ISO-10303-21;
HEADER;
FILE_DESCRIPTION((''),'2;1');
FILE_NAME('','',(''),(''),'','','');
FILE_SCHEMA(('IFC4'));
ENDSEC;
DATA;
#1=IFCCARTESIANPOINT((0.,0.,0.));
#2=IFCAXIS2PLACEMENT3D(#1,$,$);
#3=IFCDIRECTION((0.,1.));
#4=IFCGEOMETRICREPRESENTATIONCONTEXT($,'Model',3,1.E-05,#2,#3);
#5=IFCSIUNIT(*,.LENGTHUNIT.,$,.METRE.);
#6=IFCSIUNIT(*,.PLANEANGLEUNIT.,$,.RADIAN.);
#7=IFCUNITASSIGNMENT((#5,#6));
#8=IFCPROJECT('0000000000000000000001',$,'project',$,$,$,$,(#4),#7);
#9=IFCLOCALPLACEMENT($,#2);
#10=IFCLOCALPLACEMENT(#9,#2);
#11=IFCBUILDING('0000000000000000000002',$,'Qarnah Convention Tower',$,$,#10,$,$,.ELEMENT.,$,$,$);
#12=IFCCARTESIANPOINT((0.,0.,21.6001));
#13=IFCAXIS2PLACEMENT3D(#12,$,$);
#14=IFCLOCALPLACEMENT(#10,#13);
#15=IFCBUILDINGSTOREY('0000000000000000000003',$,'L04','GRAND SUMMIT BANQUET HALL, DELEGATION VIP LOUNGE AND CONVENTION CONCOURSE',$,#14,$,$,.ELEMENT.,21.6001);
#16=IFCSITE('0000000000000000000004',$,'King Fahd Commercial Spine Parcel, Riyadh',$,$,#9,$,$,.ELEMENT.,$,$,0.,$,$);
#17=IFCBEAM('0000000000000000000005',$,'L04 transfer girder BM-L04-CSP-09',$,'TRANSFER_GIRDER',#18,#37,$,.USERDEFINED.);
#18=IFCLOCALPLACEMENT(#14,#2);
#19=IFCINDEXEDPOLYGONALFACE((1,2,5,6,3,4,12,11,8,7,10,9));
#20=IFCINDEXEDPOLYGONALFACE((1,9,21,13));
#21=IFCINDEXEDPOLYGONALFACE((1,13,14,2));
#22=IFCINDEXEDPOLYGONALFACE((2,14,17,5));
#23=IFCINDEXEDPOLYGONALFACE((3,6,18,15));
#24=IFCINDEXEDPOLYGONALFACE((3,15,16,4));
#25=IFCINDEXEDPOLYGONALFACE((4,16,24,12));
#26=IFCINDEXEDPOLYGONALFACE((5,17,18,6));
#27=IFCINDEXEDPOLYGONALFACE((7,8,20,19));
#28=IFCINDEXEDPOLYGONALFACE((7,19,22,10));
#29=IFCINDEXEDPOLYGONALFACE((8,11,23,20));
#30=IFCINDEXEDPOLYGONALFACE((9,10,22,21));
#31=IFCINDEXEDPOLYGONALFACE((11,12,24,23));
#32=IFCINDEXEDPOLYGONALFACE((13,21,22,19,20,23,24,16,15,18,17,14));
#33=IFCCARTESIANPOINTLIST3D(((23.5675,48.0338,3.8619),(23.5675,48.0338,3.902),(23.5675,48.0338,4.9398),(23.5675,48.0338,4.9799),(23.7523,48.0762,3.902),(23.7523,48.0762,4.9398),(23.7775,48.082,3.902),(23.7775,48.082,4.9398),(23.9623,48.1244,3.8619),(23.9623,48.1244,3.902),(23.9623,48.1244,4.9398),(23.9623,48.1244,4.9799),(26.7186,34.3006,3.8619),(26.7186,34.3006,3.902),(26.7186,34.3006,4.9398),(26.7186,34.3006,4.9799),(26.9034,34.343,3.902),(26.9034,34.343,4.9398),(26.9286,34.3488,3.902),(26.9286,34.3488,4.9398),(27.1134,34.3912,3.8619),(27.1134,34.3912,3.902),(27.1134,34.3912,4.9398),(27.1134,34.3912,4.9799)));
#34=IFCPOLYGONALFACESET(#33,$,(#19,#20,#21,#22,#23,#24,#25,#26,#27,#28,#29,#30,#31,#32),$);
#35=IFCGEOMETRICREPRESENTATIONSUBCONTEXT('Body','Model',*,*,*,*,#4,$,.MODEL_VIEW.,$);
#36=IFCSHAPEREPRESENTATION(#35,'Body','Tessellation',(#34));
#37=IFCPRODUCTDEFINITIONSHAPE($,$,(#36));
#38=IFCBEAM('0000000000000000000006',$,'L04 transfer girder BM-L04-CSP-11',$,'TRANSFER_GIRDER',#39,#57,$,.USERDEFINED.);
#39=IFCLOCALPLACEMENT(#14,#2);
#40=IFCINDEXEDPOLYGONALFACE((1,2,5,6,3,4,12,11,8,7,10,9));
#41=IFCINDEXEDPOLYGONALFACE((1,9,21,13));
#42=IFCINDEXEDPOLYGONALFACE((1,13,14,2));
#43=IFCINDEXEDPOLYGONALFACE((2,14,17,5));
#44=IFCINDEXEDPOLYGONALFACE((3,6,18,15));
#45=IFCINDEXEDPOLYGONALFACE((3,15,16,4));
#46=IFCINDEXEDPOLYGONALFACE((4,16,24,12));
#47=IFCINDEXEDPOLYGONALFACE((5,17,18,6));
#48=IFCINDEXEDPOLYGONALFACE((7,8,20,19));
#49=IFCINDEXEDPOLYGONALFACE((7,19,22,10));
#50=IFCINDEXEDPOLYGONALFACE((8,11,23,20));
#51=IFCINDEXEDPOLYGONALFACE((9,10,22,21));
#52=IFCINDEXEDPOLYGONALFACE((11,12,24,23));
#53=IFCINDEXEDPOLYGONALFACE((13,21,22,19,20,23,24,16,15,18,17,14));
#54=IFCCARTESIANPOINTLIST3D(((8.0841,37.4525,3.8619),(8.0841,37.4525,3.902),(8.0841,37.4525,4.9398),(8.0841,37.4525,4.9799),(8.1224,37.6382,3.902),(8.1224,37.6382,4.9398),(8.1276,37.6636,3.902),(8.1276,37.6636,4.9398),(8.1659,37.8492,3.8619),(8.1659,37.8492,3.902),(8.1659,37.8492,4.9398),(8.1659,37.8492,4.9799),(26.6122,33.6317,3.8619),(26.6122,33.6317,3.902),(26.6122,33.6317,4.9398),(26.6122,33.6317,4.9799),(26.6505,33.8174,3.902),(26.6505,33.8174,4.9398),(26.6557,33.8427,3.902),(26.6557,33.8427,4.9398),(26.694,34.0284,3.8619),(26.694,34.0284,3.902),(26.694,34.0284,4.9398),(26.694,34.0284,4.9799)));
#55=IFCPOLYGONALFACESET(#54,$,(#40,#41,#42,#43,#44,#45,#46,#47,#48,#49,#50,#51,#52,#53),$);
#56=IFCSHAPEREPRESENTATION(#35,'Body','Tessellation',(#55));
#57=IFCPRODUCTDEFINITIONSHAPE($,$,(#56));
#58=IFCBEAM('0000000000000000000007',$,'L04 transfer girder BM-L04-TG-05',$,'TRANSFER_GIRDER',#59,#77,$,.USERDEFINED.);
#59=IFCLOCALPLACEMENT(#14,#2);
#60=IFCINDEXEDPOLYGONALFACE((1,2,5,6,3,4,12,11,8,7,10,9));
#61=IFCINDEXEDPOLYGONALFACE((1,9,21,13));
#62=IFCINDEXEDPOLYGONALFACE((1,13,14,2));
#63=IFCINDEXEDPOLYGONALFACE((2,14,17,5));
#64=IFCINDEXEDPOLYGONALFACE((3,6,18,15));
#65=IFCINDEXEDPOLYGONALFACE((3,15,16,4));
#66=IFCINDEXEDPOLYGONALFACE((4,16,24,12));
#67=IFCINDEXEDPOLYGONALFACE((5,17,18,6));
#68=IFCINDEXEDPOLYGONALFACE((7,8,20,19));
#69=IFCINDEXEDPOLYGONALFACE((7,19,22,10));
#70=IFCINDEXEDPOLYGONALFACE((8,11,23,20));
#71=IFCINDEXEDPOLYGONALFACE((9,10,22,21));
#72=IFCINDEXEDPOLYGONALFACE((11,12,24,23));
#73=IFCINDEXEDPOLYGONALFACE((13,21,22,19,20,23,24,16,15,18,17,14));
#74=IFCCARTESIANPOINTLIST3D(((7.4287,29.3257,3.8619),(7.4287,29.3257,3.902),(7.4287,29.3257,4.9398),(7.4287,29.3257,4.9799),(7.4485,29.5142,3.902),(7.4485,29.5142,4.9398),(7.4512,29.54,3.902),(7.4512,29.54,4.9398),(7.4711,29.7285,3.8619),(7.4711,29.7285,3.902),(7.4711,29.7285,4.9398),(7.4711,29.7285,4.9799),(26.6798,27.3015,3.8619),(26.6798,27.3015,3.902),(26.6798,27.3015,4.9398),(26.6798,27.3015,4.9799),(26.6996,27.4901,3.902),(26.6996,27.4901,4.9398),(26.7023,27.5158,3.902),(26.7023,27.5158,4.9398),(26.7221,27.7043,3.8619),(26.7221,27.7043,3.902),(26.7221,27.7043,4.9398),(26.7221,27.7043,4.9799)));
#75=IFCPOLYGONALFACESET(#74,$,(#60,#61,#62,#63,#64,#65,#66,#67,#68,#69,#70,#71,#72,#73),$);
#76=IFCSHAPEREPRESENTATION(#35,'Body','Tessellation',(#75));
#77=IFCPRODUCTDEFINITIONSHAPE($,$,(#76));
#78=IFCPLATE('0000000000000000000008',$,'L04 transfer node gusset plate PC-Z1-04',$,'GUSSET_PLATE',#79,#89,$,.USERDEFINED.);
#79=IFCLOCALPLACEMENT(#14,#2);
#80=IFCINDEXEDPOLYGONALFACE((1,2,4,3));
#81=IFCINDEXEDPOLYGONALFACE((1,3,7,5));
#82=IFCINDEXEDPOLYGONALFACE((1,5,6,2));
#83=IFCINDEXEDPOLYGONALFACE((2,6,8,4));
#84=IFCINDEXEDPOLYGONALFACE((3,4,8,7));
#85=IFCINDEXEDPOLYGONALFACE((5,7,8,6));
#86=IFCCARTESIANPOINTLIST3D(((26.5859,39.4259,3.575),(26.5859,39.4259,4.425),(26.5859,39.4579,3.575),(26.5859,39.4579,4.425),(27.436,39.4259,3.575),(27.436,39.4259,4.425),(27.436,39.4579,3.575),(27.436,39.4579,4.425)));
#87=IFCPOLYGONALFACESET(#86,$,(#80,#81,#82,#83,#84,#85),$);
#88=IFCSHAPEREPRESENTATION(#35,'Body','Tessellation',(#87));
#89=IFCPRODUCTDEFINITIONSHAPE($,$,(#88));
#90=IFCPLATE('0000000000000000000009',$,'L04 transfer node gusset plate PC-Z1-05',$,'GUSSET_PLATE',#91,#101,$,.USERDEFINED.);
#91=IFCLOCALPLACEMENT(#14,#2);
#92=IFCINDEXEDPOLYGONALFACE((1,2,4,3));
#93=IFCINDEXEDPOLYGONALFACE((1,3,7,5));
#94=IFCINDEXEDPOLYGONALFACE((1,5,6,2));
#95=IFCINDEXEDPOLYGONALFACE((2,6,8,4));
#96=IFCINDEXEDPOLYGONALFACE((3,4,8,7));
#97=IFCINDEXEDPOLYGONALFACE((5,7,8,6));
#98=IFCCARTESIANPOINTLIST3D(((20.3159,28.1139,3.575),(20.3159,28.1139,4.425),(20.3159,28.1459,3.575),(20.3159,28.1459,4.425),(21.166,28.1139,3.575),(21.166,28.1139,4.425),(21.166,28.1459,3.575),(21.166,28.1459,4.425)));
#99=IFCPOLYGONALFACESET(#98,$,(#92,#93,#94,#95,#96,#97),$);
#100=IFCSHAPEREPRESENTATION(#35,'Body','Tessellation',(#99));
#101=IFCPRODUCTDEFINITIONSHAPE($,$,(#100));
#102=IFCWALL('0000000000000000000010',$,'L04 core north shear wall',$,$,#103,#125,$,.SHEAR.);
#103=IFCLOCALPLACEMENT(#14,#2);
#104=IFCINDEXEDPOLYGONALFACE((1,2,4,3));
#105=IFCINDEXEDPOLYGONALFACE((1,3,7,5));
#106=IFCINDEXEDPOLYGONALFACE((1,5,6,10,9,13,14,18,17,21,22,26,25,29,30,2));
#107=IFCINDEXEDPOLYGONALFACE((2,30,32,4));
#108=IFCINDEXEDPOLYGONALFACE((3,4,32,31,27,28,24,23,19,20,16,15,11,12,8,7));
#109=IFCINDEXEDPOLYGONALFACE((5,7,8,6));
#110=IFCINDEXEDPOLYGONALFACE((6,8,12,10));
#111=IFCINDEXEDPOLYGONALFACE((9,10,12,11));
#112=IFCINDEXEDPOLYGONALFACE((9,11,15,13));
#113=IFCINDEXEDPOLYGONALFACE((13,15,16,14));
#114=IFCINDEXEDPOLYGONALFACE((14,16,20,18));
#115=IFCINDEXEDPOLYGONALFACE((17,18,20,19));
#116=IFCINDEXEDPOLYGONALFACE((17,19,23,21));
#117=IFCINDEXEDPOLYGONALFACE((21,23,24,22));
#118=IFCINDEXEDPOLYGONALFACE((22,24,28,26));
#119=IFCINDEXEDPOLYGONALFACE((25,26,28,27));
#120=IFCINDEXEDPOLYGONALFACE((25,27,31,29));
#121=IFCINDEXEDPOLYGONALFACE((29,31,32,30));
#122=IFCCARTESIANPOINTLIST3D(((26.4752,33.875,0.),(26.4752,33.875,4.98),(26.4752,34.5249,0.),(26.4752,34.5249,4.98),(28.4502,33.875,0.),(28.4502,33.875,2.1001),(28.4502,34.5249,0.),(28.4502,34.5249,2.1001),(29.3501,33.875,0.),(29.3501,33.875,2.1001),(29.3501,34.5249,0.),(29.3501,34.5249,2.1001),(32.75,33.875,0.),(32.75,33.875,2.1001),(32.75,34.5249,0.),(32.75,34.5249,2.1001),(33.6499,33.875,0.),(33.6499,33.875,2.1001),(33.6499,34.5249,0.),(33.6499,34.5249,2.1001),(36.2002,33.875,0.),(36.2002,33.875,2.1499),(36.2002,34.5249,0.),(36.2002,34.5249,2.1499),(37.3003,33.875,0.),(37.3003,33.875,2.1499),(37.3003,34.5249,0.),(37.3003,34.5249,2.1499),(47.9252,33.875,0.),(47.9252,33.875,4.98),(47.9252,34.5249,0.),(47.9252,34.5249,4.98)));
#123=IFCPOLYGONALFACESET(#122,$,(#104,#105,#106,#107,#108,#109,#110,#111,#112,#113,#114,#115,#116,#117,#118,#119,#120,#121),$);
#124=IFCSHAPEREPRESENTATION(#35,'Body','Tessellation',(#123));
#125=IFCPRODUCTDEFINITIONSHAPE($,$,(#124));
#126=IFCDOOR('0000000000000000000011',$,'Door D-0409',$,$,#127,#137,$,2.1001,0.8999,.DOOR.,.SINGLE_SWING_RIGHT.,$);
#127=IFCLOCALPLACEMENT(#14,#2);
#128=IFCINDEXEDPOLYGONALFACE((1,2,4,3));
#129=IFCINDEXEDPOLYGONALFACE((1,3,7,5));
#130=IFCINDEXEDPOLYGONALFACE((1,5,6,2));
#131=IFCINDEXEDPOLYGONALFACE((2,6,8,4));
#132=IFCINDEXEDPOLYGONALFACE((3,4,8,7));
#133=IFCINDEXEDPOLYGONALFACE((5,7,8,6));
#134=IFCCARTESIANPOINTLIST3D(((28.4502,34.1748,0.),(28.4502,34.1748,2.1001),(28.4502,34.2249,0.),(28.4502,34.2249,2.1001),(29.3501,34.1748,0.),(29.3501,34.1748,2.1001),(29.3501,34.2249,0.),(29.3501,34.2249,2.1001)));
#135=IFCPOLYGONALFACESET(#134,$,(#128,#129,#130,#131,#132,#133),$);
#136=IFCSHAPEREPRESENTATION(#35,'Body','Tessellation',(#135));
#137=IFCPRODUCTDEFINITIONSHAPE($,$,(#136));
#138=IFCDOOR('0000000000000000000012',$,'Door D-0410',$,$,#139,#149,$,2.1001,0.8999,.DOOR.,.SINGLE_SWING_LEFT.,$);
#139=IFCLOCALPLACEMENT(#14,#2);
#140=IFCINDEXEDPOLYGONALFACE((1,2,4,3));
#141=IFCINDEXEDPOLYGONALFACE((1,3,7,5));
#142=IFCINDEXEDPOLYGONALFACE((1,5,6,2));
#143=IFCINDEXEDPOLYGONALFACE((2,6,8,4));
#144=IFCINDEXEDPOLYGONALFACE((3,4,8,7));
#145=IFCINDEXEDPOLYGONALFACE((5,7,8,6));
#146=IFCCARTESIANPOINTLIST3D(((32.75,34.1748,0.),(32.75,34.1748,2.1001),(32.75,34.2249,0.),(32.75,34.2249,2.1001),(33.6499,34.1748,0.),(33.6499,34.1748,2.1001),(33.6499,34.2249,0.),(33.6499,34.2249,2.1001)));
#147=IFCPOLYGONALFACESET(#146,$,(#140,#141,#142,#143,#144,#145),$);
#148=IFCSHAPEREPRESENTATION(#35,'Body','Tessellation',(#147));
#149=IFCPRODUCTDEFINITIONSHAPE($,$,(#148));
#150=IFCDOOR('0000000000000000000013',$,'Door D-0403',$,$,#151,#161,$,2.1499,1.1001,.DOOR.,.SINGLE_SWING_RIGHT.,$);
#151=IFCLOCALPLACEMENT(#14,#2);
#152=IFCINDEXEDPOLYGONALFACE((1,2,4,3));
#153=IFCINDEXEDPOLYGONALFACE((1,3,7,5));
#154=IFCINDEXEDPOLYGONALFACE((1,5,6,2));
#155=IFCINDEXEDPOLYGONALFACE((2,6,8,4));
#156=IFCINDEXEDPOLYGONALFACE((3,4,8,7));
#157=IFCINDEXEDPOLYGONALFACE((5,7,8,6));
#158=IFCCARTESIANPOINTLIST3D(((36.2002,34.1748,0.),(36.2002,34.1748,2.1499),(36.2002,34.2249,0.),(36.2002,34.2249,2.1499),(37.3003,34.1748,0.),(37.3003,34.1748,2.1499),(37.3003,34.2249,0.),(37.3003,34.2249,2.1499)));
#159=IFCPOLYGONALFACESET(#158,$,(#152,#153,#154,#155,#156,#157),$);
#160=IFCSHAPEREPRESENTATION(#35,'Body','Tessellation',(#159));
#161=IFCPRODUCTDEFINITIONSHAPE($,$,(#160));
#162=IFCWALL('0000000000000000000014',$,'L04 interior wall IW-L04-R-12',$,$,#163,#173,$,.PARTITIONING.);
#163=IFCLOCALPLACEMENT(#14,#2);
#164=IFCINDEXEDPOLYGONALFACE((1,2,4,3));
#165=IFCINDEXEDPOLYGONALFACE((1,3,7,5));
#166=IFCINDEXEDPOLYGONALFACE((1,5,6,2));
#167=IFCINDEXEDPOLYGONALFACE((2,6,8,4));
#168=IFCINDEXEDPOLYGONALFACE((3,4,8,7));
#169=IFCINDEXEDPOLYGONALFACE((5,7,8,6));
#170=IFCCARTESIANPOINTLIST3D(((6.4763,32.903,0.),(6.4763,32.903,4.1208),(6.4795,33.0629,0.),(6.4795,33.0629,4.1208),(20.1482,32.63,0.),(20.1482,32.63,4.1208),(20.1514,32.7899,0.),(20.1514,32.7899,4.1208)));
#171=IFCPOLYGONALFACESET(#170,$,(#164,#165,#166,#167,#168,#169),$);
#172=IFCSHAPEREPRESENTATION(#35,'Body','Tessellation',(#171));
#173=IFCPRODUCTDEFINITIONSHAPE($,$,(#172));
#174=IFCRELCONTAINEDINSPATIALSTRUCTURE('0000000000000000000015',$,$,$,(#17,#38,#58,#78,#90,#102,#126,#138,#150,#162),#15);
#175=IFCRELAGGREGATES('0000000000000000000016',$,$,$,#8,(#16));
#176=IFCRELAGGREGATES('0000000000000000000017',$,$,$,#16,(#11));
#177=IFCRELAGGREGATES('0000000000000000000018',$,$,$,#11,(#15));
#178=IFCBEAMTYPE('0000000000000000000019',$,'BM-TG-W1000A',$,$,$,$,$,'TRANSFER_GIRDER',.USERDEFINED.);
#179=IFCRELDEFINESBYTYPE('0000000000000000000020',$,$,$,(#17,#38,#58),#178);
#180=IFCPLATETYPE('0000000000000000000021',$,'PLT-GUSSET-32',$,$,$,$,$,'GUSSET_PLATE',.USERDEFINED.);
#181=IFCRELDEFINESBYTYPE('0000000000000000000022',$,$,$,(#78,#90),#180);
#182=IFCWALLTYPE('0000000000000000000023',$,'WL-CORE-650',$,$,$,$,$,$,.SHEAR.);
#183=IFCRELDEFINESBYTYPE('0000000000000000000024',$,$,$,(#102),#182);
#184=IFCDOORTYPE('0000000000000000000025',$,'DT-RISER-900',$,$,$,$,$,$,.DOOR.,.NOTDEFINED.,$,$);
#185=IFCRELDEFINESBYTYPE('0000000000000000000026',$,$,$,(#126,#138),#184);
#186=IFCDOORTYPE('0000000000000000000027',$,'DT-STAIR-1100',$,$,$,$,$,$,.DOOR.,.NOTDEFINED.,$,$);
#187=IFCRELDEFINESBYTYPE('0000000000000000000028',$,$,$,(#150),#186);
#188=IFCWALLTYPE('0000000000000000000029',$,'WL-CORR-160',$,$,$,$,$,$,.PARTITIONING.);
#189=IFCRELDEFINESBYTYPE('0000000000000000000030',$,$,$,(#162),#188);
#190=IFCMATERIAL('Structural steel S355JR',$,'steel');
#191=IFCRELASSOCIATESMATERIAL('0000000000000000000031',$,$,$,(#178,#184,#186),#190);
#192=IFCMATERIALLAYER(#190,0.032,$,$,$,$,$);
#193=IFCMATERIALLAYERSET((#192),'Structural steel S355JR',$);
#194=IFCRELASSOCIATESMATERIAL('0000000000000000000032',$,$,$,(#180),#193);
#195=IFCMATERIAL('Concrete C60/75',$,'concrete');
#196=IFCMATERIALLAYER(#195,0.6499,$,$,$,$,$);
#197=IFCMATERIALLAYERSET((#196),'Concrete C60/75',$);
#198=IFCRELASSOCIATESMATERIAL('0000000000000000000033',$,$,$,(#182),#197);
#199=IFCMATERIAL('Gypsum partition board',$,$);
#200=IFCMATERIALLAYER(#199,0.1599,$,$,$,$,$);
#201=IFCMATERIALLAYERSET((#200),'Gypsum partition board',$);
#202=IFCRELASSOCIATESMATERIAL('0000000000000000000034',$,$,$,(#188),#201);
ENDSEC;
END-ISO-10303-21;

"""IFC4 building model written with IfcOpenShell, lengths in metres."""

from ifc_helpers import new_model, si_unit, direction, frame, frame_2d, origin, origin_2d, place, context, subcontext, project, spatial, rectangle, i_section, extrude, material, layer, layer_set, material_profile, profile_set, type_object, element, fill, save


model = new_model("IFC4")

# Units and contexts
model_context = context("Model", 3, precision=1e-05, world=origin(), true_north=direction((0.0, 1.0)))
body_context = subcontext(model_context, "Body", "Model", "MODEL_VIEW")
ifc_project = project(units=[si_unit("LENGTHUNIT", "METRE"), si_unit("PLANEANGLEUNIT", "RADIAN")], contexts=[model_context])

# Site, building, storey
site_placement = place(None, origin())
site = spatial("IfcSite", under=ifc_project, at=site_placement, Name="King Fahd Commercial Spine Parcel, Riyadh", CompositionType="ELEMENT", RefElevation=0.0)
building_placement = place(site_placement, origin())
building = spatial("IfcBuilding", under=site, at=building_placement, Name="Qarnah Convention Tower", CompositionType="ELEMENT")
storey_placement = place(building_placement, frame((0.0, 0.0, 21.6001)))
storey = spatial("IfcBuildingStorey", under=building, at=storey_placement, Name="L04", Description="GRAND SUMMIT BANQUET HALL, DELEGATION VIP LOUNGE AND CONVENTION CONCOURSE", CompositionType="ELEMENT", Elevation=21.6001)

# Shared definitions
ifc_material_1 = material(Name="Concrete C60/75", Category="concrete")

# Beams
ifc_material_2 = material(Name="Structural steel S355JR", Category="steel")
ifc_material_profile_1 = material_profile(ifc_material_2, i_section(OverallWidth=0.405, OverallDepth=1.1179, WebThickness=0.0259, FlangeThickness=0.04, at=origin_2d()), Name="W1100X499")
ifc_profile_set_1 = profile_set([ifc_material_profile_1], Name="Structural steel S355JR")
beam_type_1 = type_object("IfcBeamType", Name="BM-TG-W1000A", ElementType="TRANSFER_GIRDER", PredefinedType="USERDEFINED", material=ifc_profile_set_1)
beam_1_placement = place(storey_placement, frame((23.7649, 48.0791, 4.4209), z_axis=(0.223642, -0.974671, 0.0), x_axis=(0.974671, 0.223642, 0.0)))
element("IfcBeam", 1, at=beam_1_placement, inside=storey, type_object=beam_type_1, Name="L04 transfer girder BM-L04-CSP-09", ObjectType="TRANSFER_GIRDER", PredefinedType="USERDEFINED", context=body_context, shape_type="SweptSolid", body=[
    extrude(i_section(OverallWidth=0.405, OverallDepth=1.1179, WebThickness=0.0259, FlangeThickness=0.04, at=origin_2d()), origin(), (0.0, 0.0, 1.0), 14.0901),
])
beam_2_placement = place(storey_placement, frame((8.125, 37.6509, 4.4209), z_axis=(0.979392, -0.201967, 0.0), x_axis=(0.201967, 0.979392, 0.0)))
element("IfcBeam", 2, at=beam_2_placement, inside=storey, type_object=beam_type_1, Name="L04 transfer girder BM-L04-CSP-11", ObjectType="TRANSFER_GIRDER", PredefinedType="USERDEFINED", context=body_context, shape_type="SweptSolid", body=[
    extrude(i_section(OverallWidth=0.405, OverallDepth=1.1179, WebThickness=0.0259, FlangeThickness=0.04, at=origin_2d()), origin(), (0.0, 0.0, 1.0), 18.918),
])
beam_3_placement = place(storey_placement, frame((26.7009, 27.5029, 4.4209), z_axis=(-0.994518, 0.10457, 0.0), x_axis=(-0.10457, -0.994518, 0.0)))
element("IfcBeam", 3, at=beam_3_placement, inside=storey, type_object=beam_type_1, Name="L04 transfer girder BM-L04-TG-05", ObjectType="TRANSFER_GIRDER", PredefinedType="USERDEFINED", context=body_context, shape_type="SweptSolid", body=[
    extrude(i_section(OverallWidth=0.405, OverallDepth=1.1179, WebThickness=0.0259, FlangeThickness=0.04, at=origin_2d()), origin(), (0.0, 0.0, 1.0), 19.3572),
])

# Plates
ifc_layer_1 = layer(ifc_material_2, 0.032)
ifc_layer_set_1 = layer_set([ifc_layer_1], Name="Structural steel S355JR")
plate_type = type_object("IfcPlateType", Name="PLT-GUSSET-32", ElementType="GUSSET_PLATE", PredefinedType="USERDEFINED", material=ifc_layer_set_1)
for number, where, z_axis, x_axis, name in (
    (4, (27.011, 39.4419, 3.575), (0.0, 0.0, 1.0), (1.0, 0.0, 0.0), "L04 transfer node gusset plate PC-Z1-04"),
    (5, (20.741, 28.1299, 3.575), (0.0, 0.0, 1.0), (1.0, 0.0, 0.0), "L04 transfer node gusset plate PC-Z1-05"),
):
    element("IfcPlate", number, at=place(storey_placement, frame(where, z_axis=z_axis, x_axis=x_axis)), inside=storey, type_object=plate_type, Name=name, ObjectType="GUSSET_PLATE", PredefinedType="USERDEFINED", context=body_context, shape_type="SweptSolid", body=[
        extrude(rectangle(XDim=0.8501, YDim=0.032, at=origin_2d()), origin(), (0.0, 0.0, 1.0), 0.8501),
    ])

# Wall, openings, doors
ifc_layer_2 = layer(ifc_material_1, 0.6499)
ifc_layer_set_2 = layer_set([ifc_layer_2], Name="Concrete C60/75")
wall_type_1 = type_object("IfcWallType", Name="WL-CORE-650", PredefinedType="SHEAR", material=ifc_layer_set_2)
wall_1_placement = place(storey_placement, frame((26.4751, 34.2, 0.0), z_axis=(0.0, 0.0, 1.0), x_axis=(1.0, 0.0, 0.0)))
wall_1 = element("IfcWall", 6, at=wall_1_placement, inside=storey, type_object=wall_type_1, Name="L04 core north shear wall", PredefinedType="SHEAR", context=body_context, shape_type="SweptSolid", body=[
    extrude(rectangle(XDim=21.45, YDim=0.6499, at=frame_2d((10.7251, 0.0))), origin(), (0.0, 0.0, 1.0), 4.98),
])
opening_1_placement = place(wall_1_placement, frame((9.7251, 0.0, 0.0)))
opening_1 = element("IfcOpeningElement", 7, at=opening_1_placement, cuts=wall_1, PredefinedType="OPENING", context=body_context, shape_type="SweptSolid", body=[
    extrude(rectangle(XDim=1.1001, YDim=2.1499, at=frame_2d((0.55, 1.075))), frame((0.0, 0.335, 0.0), z_axis=(0.0, -1.0, 0.0), x_axis=(1.0, 0.0, 0.0)), (0.0, 0.0, 1.0), 0.6699),
])
opening_2_placement = place(wall_1_placement, frame((1.9751, 0.0, 0.0)))
opening_2 = element("IfcOpeningElement", 8, at=opening_2_placement, cuts=wall_1, PredefinedType="OPENING", context=body_context, shape_type="SweptSolid", body=[
    extrude(rectangle(XDim=0.8999, YDim=2.1001, at=frame_2d((0.45, 1.05))), frame((0.0, 0.335, 0.0), z_axis=(0.0, -1.0, 0.0), x_axis=(1.0, 0.0, 0.0)), (0.0, 0.0, 1.0), 0.6699),
])
opening_3_placement = place(wall_1_placement, frame((6.2749, 0.0, 0.0)))
opening_3 = element("IfcOpeningElement", 9, at=opening_3_placement, cuts=wall_1, PredefinedType="OPENING", context=body_context, shape_type="SweptSolid", body=[
    extrude(rectangle(XDim=0.8999, YDim=2.1001, at=frame_2d((0.45, 1.05))), frame((0.0, 0.335, 0.0), z_axis=(0.0, -1.0, 0.0), x_axis=(1.0, 0.0, 0.0)), (0.0, 0.0, 1.0), 0.6699),
])
door_type_1 = type_object("IfcDoorType", Name="DT-RISER-900", OperationType="NOTDEFINED", PredefinedType="DOOR", material=ifc_material_2)
door_1_placement = place(opening_2_placement, origin())
door_1 = element("IfcDoor", 10, at=door_1_placement, inside=storey, type_object=door_type_1, Name="Door D-0409", OperationType="SINGLE_SWING_RIGHT", OverallHeight=2.1001, OverallWidth=0.8999, PredefinedType="DOOR", context=body_context, shape_type="SweptSolid", body=[
    extrude(rectangle(XDim=0.8999, YDim=2.1001, at=frame_2d((0.45, 1.05))), frame((0.0, 0.0249, 0.0), z_axis=(0.0, -1.0, 0.0), x_axis=(1.0, 0.0, 0.0)), (0.0, 0.0, 1.0), 0.05),
])
fill(opening_2, door_1)
door_2_placement = place(opening_3_placement, origin())
door_2 = element("IfcDoor", 11, at=door_2_placement, inside=storey, type_object=door_type_1, Name="Door D-0410", OperationType="SINGLE_SWING_LEFT", OverallHeight=2.1001, OverallWidth=0.8999, PredefinedType="DOOR", context=body_context, shape_type="SweptSolid", body=[
    extrude(rectangle(XDim=0.8999, YDim=2.1001, at=frame_2d((0.45, 1.05))), frame((0.0, 0.0249, 0.0), z_axis=(0.0, -1.0, 0.0), x_axis=(1.0, 0.0, 0.0)), (0.0, 0.0, 1.0), 0.05),
])
fill(opening_3, door_2)
door_type_2 = type_object("IfcDoorType", Name="DT-STAIR-1100", OperationType="NOTDEFINED", PredefinedType="DOOR", material=ifc_material_2)
door_3_placement = place(opening_1_placement, origin())
door_3 = element("IfcDoor", 12, at=door_3_placement, inside=storey, type_object=door_type_2, Name="Door D-0403", OperationType="SINGLE_SWING_RIGHT", OverallHeight=2.1499, OverallWidth=1.1001, PredefinedType="DOOR", context=body_context, shape_type="SweptSolid", body=[
    extrude(rectangle(XDim=1.1001, YDim=2.1499, at=frame_2d((0.55, 1.075))), frame((0.0, 0.0249, 0.0), z_axis=(0.0, -1.0, 0.0), x_axis=(1.0, 0.0, 0.0)), (0.0, 0.0, 1.0), 0.05),
])
fill(opening_1, door_3)

# Wall
ifc_material_3 = material(Name="Gypsum partition board")
ifc_layer_3 = layer(ifc_material_3, 0.1599)
ifc_layer_set_3 = layer_set([ifc_layer_3], Name="Gypsum partition board")
wall_type_2 = type_object("IfcWallType", Name="WL-CORR-160", PredefinedType="PARTITIONING", material=ifc_layer_set_3)
wall_2_placement = place(storey_placement, frame((20.1499, 32.71, 0.0), z_axis=(0.0, 0.0, 1.0), x_axis=(-0.999801, 0.01996, 0.0)))
element("IfcWall", 13, at=wall_2_placement, inside=storey, type_object=wall_type_2, Name="L04 interior wall IW-L04-R-12", PredefinedType="PARTITIONING", context=body_context, shape_type="SweptSolid", body=[
    extrude(rectangle(XDim=13.6746, YDim=0.1599, at=frame_2d((6.8374, 0.0))), origin(), (0.0, 0.0, 1.0), 4.1208),
])

save(model, "model.ifc")
